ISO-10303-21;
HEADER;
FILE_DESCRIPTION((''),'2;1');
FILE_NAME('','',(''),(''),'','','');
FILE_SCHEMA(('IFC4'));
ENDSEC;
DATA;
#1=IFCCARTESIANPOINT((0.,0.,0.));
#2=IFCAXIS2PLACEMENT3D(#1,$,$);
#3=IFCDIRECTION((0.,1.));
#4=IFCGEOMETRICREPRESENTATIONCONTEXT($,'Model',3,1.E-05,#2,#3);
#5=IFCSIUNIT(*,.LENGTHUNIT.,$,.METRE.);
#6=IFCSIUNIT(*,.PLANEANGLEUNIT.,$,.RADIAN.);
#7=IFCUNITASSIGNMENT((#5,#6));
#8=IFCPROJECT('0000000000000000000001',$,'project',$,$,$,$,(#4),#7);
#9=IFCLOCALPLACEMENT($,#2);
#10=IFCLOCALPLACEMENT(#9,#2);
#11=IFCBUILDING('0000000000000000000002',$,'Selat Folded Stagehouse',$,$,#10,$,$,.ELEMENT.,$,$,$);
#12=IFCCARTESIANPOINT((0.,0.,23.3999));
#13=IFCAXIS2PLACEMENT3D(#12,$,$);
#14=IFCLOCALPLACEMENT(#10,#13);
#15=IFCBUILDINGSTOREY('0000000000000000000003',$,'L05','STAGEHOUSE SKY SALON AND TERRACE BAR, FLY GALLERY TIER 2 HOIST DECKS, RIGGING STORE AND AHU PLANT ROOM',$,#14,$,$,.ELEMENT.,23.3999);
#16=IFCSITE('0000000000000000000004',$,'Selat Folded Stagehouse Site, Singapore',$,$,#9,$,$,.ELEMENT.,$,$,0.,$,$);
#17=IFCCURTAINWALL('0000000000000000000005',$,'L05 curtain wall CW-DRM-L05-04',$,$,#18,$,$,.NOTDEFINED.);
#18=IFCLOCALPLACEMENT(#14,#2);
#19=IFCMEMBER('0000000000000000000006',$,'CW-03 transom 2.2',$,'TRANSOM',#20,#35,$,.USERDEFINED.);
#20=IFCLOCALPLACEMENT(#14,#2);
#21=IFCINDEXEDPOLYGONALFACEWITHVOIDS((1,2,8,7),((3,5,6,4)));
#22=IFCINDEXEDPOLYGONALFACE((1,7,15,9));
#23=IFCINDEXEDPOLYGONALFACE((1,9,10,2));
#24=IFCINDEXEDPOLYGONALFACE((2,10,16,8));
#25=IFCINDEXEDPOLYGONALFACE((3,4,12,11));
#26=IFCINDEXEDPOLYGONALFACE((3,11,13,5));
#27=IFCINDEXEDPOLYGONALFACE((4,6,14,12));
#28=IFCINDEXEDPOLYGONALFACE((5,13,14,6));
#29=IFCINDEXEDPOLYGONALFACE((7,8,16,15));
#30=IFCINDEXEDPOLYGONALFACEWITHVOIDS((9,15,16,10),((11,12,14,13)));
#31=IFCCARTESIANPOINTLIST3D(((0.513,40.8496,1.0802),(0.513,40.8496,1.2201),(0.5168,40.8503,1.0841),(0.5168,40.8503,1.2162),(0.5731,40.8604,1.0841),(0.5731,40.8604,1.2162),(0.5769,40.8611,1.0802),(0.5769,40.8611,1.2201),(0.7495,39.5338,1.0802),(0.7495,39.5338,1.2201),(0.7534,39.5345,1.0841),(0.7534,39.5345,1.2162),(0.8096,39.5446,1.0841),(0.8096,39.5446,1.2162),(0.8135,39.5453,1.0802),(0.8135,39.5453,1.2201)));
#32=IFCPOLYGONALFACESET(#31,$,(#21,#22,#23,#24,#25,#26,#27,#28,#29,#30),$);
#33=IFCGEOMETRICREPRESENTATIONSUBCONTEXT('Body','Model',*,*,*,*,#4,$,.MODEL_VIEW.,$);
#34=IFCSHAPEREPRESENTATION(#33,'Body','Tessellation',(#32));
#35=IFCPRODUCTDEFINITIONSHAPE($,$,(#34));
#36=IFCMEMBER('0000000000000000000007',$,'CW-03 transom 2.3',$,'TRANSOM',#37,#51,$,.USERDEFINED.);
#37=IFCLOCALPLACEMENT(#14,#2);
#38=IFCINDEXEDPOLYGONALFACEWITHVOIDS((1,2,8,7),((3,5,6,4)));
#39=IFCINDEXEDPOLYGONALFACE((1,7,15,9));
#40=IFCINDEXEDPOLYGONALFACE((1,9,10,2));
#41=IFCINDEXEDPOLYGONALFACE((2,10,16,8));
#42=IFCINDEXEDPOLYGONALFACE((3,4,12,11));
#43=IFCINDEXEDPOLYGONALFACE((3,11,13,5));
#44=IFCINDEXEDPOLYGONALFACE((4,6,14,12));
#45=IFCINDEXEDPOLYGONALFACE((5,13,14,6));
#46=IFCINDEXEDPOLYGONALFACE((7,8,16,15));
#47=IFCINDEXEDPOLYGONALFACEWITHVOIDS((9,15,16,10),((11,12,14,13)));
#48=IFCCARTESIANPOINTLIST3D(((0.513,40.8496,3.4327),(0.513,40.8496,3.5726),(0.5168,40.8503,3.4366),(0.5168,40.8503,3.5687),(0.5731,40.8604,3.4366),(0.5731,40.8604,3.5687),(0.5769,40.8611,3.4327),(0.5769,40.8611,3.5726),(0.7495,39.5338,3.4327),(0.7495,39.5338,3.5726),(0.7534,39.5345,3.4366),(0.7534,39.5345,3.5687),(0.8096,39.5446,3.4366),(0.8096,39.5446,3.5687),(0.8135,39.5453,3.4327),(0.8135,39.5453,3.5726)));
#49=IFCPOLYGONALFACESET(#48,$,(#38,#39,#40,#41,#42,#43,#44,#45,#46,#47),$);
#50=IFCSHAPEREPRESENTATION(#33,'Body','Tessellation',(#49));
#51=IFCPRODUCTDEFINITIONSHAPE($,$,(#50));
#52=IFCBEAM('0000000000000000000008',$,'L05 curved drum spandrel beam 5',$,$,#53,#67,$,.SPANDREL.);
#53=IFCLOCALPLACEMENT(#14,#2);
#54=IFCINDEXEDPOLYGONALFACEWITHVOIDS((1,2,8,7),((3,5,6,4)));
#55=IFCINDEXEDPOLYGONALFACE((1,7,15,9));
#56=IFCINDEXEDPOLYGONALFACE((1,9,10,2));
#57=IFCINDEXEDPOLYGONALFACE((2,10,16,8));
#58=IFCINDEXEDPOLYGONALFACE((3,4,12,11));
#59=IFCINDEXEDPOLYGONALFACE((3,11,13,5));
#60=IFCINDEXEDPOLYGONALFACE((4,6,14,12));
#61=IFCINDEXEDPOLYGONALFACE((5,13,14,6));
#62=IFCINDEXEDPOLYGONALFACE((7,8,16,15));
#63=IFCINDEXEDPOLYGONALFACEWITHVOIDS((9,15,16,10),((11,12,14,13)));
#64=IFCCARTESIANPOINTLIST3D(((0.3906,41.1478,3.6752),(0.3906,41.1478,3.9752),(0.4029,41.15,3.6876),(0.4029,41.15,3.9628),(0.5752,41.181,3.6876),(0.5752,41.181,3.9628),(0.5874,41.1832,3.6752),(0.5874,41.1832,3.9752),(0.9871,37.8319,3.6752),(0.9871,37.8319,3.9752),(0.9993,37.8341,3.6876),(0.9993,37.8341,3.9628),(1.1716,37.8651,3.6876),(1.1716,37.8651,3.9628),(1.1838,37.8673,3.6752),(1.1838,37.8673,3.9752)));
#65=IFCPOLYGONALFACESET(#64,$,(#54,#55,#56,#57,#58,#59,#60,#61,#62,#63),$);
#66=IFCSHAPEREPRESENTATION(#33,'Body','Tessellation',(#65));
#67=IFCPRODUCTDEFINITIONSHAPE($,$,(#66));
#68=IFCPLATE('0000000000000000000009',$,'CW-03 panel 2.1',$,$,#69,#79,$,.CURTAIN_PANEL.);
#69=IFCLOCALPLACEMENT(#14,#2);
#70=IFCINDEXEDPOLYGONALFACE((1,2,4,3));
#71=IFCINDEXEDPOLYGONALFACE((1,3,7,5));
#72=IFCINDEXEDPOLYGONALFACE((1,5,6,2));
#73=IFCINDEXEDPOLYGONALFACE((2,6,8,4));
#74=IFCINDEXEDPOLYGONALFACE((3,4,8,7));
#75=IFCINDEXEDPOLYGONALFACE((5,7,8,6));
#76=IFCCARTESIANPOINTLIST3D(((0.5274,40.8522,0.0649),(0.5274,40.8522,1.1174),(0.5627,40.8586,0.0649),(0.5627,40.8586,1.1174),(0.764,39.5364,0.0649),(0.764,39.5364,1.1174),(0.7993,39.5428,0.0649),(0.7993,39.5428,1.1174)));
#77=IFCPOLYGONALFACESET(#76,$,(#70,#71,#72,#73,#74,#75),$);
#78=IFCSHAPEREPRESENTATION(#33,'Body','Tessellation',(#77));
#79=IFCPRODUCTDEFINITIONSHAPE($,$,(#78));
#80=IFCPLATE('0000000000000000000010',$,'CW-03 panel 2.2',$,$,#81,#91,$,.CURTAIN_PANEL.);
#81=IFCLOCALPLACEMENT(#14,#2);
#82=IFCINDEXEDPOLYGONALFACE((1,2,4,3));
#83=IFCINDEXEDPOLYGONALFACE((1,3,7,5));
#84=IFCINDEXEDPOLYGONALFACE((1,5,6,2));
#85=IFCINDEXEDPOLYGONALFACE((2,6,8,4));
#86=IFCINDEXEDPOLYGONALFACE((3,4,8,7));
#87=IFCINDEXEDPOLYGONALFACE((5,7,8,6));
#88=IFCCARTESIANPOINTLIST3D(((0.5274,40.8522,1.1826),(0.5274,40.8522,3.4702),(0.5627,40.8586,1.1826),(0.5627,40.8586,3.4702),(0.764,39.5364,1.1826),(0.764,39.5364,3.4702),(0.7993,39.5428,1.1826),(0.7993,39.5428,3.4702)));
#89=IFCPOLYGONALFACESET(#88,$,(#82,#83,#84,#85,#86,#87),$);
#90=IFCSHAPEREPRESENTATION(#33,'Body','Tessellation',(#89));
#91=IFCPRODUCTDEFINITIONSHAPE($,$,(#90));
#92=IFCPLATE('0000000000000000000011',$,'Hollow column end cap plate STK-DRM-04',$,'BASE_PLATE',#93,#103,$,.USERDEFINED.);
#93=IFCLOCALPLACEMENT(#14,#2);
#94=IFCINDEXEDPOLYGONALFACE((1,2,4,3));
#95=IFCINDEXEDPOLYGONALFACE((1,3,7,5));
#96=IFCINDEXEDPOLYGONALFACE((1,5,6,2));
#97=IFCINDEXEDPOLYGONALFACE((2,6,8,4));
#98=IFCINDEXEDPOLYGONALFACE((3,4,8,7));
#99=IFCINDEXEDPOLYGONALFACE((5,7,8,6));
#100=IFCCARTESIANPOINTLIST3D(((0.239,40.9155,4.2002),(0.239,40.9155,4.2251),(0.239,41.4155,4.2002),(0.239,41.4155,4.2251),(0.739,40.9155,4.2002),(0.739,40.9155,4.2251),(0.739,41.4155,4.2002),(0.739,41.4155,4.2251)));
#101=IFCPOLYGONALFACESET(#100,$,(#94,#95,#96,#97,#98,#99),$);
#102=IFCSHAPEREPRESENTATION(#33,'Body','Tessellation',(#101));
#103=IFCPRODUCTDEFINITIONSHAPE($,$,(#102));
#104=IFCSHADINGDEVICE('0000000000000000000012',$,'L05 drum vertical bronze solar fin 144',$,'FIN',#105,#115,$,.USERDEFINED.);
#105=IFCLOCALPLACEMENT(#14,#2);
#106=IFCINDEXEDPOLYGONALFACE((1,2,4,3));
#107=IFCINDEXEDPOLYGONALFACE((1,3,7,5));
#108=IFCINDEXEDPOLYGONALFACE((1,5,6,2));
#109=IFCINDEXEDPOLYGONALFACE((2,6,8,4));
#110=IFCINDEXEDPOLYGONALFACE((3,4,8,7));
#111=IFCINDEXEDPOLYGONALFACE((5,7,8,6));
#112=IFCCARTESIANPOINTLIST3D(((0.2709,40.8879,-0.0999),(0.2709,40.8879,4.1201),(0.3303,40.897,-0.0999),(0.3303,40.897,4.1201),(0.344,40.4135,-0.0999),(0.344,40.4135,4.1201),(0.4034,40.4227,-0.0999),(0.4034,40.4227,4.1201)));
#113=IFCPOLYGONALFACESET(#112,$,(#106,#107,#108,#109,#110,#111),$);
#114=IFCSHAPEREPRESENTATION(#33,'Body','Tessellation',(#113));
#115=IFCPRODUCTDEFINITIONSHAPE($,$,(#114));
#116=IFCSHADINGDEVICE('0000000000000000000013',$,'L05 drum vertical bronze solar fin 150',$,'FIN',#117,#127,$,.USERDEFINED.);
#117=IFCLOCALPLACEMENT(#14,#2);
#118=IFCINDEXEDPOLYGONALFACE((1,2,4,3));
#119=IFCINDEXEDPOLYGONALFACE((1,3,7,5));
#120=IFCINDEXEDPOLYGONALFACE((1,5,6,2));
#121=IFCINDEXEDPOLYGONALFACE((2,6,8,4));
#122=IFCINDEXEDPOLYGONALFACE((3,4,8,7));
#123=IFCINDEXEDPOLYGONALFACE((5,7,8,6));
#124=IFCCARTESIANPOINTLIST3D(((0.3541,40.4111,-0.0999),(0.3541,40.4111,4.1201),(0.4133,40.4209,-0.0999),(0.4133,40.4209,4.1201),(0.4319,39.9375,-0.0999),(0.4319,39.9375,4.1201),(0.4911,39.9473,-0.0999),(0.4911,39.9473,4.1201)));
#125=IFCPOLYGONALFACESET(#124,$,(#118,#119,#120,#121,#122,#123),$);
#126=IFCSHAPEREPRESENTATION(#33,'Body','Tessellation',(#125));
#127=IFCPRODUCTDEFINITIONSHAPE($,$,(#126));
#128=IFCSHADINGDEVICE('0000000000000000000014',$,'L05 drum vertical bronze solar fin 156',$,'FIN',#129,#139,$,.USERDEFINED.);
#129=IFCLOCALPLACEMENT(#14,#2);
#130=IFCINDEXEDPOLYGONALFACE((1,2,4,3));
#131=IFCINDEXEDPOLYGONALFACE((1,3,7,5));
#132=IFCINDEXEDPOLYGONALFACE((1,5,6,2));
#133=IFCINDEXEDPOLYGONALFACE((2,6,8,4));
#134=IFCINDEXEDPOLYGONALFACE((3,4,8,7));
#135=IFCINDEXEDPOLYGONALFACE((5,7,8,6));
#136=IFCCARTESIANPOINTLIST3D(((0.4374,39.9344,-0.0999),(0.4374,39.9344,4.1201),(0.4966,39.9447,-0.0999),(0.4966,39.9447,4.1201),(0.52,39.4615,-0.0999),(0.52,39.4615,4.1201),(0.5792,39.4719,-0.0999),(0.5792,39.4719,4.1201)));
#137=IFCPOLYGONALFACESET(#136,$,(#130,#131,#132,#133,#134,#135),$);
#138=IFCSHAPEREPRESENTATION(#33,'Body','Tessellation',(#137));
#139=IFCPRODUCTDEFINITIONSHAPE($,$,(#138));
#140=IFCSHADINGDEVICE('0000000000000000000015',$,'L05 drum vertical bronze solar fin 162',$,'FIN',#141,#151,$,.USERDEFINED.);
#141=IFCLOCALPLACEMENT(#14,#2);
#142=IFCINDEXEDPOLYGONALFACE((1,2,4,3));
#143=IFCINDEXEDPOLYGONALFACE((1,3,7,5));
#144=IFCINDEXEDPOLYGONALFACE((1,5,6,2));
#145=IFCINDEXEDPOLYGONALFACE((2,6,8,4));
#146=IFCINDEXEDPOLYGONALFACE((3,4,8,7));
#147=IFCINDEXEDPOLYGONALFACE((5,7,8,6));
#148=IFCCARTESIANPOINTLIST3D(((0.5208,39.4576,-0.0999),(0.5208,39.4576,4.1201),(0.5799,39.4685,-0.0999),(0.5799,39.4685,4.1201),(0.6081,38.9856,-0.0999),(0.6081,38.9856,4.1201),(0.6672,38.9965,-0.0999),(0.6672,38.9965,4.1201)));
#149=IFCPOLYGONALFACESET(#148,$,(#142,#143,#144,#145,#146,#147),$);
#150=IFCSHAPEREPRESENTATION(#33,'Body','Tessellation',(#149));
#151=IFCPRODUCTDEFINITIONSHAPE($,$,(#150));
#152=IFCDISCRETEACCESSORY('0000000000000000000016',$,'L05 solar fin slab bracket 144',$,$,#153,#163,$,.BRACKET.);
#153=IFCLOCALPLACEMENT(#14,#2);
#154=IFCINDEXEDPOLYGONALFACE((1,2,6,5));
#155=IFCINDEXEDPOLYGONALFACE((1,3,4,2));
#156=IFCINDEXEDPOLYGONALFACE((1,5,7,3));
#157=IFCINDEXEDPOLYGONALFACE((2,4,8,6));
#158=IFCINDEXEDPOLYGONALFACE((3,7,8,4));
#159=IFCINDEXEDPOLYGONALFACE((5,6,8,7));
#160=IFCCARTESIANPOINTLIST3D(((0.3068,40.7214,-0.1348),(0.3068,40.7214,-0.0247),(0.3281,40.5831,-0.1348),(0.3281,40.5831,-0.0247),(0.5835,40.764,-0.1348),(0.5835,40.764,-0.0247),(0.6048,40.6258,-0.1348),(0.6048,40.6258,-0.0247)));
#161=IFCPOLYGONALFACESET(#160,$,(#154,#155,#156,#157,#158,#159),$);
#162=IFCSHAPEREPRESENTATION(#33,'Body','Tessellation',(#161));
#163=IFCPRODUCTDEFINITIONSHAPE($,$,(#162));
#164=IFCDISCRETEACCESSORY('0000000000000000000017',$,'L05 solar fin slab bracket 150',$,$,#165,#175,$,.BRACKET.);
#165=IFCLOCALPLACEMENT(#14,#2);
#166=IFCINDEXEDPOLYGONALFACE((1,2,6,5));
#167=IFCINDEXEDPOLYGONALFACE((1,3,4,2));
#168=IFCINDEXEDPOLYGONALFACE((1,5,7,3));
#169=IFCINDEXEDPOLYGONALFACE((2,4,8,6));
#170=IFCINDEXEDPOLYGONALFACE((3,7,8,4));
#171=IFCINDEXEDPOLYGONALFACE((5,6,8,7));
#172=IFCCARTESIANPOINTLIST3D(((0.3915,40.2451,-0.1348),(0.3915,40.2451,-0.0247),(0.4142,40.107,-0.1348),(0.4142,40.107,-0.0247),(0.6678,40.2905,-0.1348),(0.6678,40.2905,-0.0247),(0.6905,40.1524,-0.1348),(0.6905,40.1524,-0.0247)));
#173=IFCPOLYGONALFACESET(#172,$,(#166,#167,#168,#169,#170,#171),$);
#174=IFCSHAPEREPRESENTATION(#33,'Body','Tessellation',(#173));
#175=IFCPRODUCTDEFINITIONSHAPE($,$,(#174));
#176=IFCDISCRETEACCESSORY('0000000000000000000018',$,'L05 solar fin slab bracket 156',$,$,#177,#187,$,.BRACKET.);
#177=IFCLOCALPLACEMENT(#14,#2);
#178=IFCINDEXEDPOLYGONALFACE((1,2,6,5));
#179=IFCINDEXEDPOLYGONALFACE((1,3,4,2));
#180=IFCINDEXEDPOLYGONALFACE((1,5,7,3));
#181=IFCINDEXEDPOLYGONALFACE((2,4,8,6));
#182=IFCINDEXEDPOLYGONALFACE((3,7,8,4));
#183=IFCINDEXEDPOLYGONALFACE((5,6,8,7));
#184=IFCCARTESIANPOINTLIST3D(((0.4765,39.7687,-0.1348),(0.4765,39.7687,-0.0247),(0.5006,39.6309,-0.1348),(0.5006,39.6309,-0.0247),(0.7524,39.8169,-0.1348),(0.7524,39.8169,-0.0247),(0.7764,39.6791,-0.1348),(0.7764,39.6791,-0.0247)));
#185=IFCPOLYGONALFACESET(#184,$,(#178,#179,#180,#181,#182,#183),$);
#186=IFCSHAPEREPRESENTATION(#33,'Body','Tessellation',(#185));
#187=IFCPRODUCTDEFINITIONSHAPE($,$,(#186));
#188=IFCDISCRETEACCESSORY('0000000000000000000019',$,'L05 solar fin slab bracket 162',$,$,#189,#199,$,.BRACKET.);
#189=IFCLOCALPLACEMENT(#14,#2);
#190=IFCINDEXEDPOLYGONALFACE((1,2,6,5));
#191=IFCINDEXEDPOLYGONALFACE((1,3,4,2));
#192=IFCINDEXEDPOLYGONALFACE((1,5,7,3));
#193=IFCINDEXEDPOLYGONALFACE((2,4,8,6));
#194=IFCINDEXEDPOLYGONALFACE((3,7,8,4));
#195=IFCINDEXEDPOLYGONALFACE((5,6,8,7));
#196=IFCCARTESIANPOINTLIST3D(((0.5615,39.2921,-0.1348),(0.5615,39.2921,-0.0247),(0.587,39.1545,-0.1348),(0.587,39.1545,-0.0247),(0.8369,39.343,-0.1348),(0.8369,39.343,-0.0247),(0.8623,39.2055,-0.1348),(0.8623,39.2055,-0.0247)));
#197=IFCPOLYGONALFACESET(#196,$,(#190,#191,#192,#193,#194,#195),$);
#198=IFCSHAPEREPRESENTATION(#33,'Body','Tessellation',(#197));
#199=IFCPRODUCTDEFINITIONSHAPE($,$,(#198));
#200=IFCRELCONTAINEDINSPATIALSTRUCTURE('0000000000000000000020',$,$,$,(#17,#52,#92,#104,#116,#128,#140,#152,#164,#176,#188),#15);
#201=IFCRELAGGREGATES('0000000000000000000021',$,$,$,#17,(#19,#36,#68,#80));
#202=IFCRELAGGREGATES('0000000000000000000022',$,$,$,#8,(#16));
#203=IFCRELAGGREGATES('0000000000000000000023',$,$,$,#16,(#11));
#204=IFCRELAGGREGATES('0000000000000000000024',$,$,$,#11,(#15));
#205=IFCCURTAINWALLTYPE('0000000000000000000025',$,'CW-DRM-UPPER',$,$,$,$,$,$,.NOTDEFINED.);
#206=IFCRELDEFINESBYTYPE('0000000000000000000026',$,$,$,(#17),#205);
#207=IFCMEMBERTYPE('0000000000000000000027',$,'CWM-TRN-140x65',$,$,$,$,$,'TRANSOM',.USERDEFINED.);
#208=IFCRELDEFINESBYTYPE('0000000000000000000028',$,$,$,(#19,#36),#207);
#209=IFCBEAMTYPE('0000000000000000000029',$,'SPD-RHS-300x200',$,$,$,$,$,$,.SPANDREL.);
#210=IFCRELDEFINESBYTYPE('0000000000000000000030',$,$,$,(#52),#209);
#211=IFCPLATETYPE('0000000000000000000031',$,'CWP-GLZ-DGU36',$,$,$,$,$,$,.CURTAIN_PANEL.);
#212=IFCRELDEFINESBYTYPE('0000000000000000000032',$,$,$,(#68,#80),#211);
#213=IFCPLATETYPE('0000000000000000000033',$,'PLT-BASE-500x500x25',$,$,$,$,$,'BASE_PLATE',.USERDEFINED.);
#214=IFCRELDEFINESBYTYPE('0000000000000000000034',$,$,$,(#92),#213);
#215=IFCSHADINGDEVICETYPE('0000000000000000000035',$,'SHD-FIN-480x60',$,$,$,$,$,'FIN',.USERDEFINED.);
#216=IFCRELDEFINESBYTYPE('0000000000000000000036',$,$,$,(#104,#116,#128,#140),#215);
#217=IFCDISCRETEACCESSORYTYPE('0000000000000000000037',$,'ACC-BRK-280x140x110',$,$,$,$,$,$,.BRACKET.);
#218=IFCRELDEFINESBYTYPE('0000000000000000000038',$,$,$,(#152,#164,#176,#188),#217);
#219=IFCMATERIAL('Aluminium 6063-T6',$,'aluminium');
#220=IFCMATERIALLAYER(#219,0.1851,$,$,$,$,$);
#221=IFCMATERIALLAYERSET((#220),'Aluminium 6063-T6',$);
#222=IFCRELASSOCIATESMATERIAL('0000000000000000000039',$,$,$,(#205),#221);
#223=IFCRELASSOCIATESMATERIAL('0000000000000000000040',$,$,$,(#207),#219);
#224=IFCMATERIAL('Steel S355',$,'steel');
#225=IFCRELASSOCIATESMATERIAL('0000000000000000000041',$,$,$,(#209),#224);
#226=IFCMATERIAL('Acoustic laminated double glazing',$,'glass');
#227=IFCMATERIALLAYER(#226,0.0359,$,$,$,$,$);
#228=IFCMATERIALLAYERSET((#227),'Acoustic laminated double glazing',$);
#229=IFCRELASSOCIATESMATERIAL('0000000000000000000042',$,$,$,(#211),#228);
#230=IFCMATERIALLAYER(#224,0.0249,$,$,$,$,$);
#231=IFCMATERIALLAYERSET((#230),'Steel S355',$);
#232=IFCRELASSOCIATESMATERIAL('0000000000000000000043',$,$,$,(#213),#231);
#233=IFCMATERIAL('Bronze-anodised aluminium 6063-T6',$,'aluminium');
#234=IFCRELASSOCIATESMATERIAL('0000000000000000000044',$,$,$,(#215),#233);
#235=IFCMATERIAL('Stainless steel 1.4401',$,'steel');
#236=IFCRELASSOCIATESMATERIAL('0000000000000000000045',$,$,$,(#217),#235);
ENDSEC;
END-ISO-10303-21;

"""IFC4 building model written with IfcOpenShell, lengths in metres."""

from ifc_helpers import new_model, si_unit, direction, frame, origin, origin_2d, place, context, subcontext, project, spatial, rectangle, hollow_rectangle, extrude, material, layer, layer_set, material_profile, profile_set, type_object, element, aggregate, save


model = new_model("IFC4")

# Units and contexts
model_context = context("Model", 3, precision=1e-05, world=origin(), true_north=direction((0.0, 1.0)))
body_context = subcontext(model_context, "Body", "Model", "MODEL_VIEW")
ifc_project = project(units=[si_unit("LENGTHUNIT", "METRE"), si_unit("PLANEANGLEUNIT", "RADIAN")], contexts=[model_context])

# Site, building, storey
site_placement = place(None, origin())
site = spatial("IfcSite", under=ifc_project, at=site_placement, Name="Selat Folded Stagehouse Site, Singapore", CompositionType="ELEMENT", RefElevation=0.0)
building_placement = place(site_placement, origin())
building = spatial("IfcBuilding", under=site, at=building_placement, Name="Selat Folded Stagehouse", CompositionType="ELEMENT")
storey_placement = place(building_placement, frame((0.0, 0.0, 23.3999)))
storey = spatial("IfcBuildingStorey", under=building, at=storey_placement, Name="L05", Description="STAGEHOUSE SKY SALON AND TERRACE BAR, FLY GALLERY TIER 2 HOIST DECKS, RIGGING STORE AND AHU PLANT ROOM", CompositionType="ELEMENT", Elevation=23.3999)

# Shared definitions
ifc_material_1 = material(Name="Steel S355", Category="steel")

# Shared definitions
ifc_material_2 = material(Name="Aluminium 6063-T6", Category="aluminium")
ifc_layer_1 = layer(ifc_material_2, 0.1851)
ifc_layer_set_1 = layer_set([ifc_layer_1], Name="Aluminium 6063-T6")
curtain_wall_type = type_object("IfcCurtainWallType", Name="CW-DRM-UPPER", PredefinedType="NOTDEFINED", material=ifc_layer_set_1)

# Curtain wall
curtain_wall_1_placement = place(storey_placement, origin())
curtain_wall_1 = element("IfcCurtainWall", 1, at=curtain_wall_1_placement, inside=storey, type_object=curtain_wall_type, Name="L05 curtain wall CW-DRM-L05-04", PredefinedType="NOTDEFINED")

# Members
ifc_material_profile_1 = material_profile(ifc_material_2, hollow_rectangle(XDim=0.0649, YDim=0.1399, WallThickness=0.0039, at=origin_2d()), Name="ALU 140x65x4.0")
ifc_profile_set_1 = profile_set([ifc_material_profile_1], Name="Aluminium 6063-T6")
member_type_1 = type_object("IfcMemberType", Name="CWM-TRN-140x65", ElementType="TRANSOM", PredefinedType="USERDEFINED", material=ifc_profile_set_1)
member_1_placement = place(storey_placement, frame((0.7815, 39.5396, 1.1501), z_axis=(-0.176941, 0.984222, 0.0), x_axis=(-0.984222, -0.176941, 0.0)))
member_1 = element("IfcMember", 2, at=member_1_placement, type_object=member_type_1, Name="CW-03 transom 2.2", ObjectType="TRANSOM", PredefinedType="USERDEFINED", context=body_context, shape_type="SweptSolid", body=[
    extrude(hollow_rectangle(XDim=0.0649, YDim=0.1399, WallThickness=0.0039, at=origin_2d()), origin(), (0.0, 0.0, 1.0), 1.3369),
])
member_2_placement = place(storey_placement, frame((0.7815, 39.5396, 3.5027), z_axis=(-0.176941, 0.984222, 0.0), x_axis=(-0.984222, -0.176941, 0.0)))
member_2 = element("IfcMember", 3, at=member_2_placement, type_object=member_type_1, Name="CW-03 transom 2.3", ObjectType="TRANSOM", PredefinedType="USERDEFINED", context=body_context, shape_type="SweptSolid", body=[
    extrude(hollow_rectangle(XDim=0.0649, YDim=0.1399, WallThickness=0.0039, at=origin_2d()), origin(), (0.0, 0.0, 1.0), 1.3369),
])

# Beam
ifc_material_profile_2 = material_profile(ifc_material_1, hollow_rectangle(XDim=0.2, YDim=0.3, WallThickness=0.0125, at=origin_2d()), Name="RHS 300x200x12.5")
ifc_profile_set_2 = profile_set([ifc_material_profile_2], Name="Steel S355")
beam_type = type_object("IfcBeamType", Name="SPD-RHS-300x200", PredefinedType="SPANDREL", material=ifc_profile_set_2)
beam_placement = place(storey_placement, frame((0.489, 41.1655, 3.8252), z_axis=(0.177029, -0.984206, 0.0), x_axis=(0.984206, 0.177029, 0.0)))
element("IfcBeam", 4, at=beam_placement, inside=storey, type_object=beam_type, Name="L05 curved drum spandrel beam 5", PredefinedType="SPANDREL", context=body_context, shape_type="SweptSolid", body=[
    extrude(hollow_rectangle(XDim=0.2, YDim=0.3, WallThickness=0.0125, at=origin_2d()), origin(), (0.0, 0.0, 1.0), 3.3691),
])

# Plates
ifc_material_3 = material(Name="Acoustic laminated double glazing", Category="glass")
ifc_layer_2 = layer(ifc_material_3, 0.0359)
ifc_layer_set_2 = layer_set([ifc_layer_2], Name="Acoustic laminated double glazing")
plate_type_1 = type_object("IfcPlateType", Name="CWP-GLZ-DGU36", PredefinedType="CURTAIN_PANEL", material=ifc_layer_set_2)
plate_1_placement = place(storey_placement, frame((0.6633, 40.1975, 0.0649), z_axis=(0.0, 0.0, 1.0), x_axis=(-0.177002, 0.984211, 0.0)))
plate_1 = element("IfcPlate", 5, at=plate_1_placement, type_object=plate_type_1, Name="CW-03 panel 2.1", PredefinedType="CURTAIN_PANEL", context=body_context, shape_type="SweptSolid", body=[
    extrude(rectangle(XDim=1.3369, YDim=0.0359, at=origin_2d()), origin(), (0.0, 0.0, 1.0), 1.0525),
])
plate_2_placement = place(storey_placement, frame((0.6633, 40.1975, 1.1826), z_axis=(0.0, 0.0, 1.0), x_axis=(-0.177002, 0.984211, 0.0)))
plate_2 = element("IfcPlate", 6, at=plate_2_placement, type_object=plate_type_1, Name="CW-03 panel 2.2", PredefinedType="CURTAIN_PANEL", context=body_context, shape_type="SweptSolid", body=[
    extrude(rectangle(XDim=1.3369, YDim=0.0359, at=origin_2d()), origin(), (0.0, 0.0, 1.0), 2.2876),
])
aggregate(curtain_wall_1, [member_1, member_2, plate_1, plate_2])
ifc_layer_3 = layer(ifc_material_1, 0.0249)
ifc_layer_set_3 = layer_set([ifc_layer_3], Name="Steel S355")
plate_type_2 = type_object("IfcPlateType", Name="PLT-BASE-500x500x25", ElementType="BASE_PLATE", PredefinedType="USERDEFINED", material=ifc_layer_set_3)
plate_3_placement = place(storey_placement, frame((0.489, 41.1655, 4.2002), z_axis=(0.0, 0.0, 1.0), x_axis=(1.0, 0.0, 0.0)))
element("IfcPlate", 7, at=plate_3_placement, inside=storey, type_object=plate_type_2, Name="Hollow column end cap plate STK-DRM-04", ObjectType="BASE_PLATE", PredefinedType="USERDEFINED", context=body_context, shape_type="SweptSolid", body=[
    extrude(rectangle(XDim=0.5, YDim=0.5, at=origin_2d()), origin(), (0.0, 0.0, 1.0), 0.0249),
])

# Shading devices
ifc_material_4 = material(Name="Bronze-anodised aluminium 6063-T6", Category="aluminium")
ifc_material_profile_3 = material_profile(ifc_material_4, rectangle(XDim=0.0601, YDim=0.48, at=origin_2d()), Name="SOLAR-FIN 480x60")
ifc_profile_set_3 = profile_set([ifc_material_profile_3], Name="Bronze-anodised aluminium 6063-T6")
shading_device_type = type_object("IfcShadingDeviceType", Name="SHD-FIN-480x60", ElementType="FIN", PredefinedType="USERDEFINED", material=ifc_profile_set_3)
for number, where, z_axis, x_axis, name in (
    (8, (0.3372, 40.6553, -0.0999), (0.0, 0.0, 1.0), (-0.988335, -0.152296, 0.0), "L05 drum vertical bronze solar fin 144"),
    (9, (0.4226, 40.1792, -0.0999), (0.0, 0.0, 1.0), (-0.986771, -0.162121, 0.0), "L05 drum vertical bronze solar fin 150"),
    (10, (0.5083, 39.7031, -0.0999), (0.0, 0.0, 1.0), (-0.985079, -0.172101, 0.0), "L05 drum vertical bronze solar fin 156"),
    (11, (0.594, 39.2271, -0.0999), (0.0, 0.0, 1.0), (-0.983318, -0.181892, 0.0), "L05 drum vertical bronze solar fin 162"),
):
    element("IfcShadingDevice", number, at=place(storey_placement, frame(where, z_axis=z_axis, x_axis=x_axis)), inside=storey, type_object=shading_device_type, Name=name, ObjectType="FIN", PredefinedType="USERDEFINED", context=body_context, shape_type="SweptSolid", body=[
        extrude(rectangle(XDim=0.0601, YDim=0.48, at=origin_2d()), origin(), (0.0, 0.0, 1.0), 4.22),
    ])

# Discrete accessories
ifc_material_5 = material(Name="Stainless steel 1.4401", Category="steel")
discrete_accessory_type = type_object("IfcDiscreteAccessoryType", Name="ACC-BRK-280x140x110", PredefinedType="BRACKET", material=ifc_material_5)
for number, where, z_axis, x_axis, name in (
    (12, (0.4558, 40.6736, -0.1348), (0.0, 0.0, 1.0), (-0.988335, -0.152296, 0.0), "L05 solar fin slab bracket 144"),
    (13, (0.541, 40.1987, -0.1348), (0.0, 0.0, 1.0), (-0.986771, -0.162121, 0.0), "L05 solar fin slab bracket 150"),
    (14, (0.6265, 39.7239, -0.1348), (0.0, 0.0, 1.0), (-0.985079, -0.172101, 0.0), "L05 solar fin slab bracket 156"),
    (15, (0.7119, 39.2488, -0.1348), (0.0, 0.0, 1.0), (-0.983318, -0.181892, 0.0), "L05 solar fin slab bracket 162"),
):
    element("IfcDiscreteAccessory", number, at=place(storey_placement, frame(where, z_axis=z_axis, x_axis=x_axis)), inside=storey, type_object=discrete_accessory_type, Name=name, PredefinedType="BRACKET", context=body_context, shape_type="SweptSolid", body=[
        extrude(rectangle(XDim=0.28, YDim=0.1399, at=origin_2d()), origin(), (0.0, 0.0, 1.0), 0.1101),
    ])

save(model, "model.ifc")
